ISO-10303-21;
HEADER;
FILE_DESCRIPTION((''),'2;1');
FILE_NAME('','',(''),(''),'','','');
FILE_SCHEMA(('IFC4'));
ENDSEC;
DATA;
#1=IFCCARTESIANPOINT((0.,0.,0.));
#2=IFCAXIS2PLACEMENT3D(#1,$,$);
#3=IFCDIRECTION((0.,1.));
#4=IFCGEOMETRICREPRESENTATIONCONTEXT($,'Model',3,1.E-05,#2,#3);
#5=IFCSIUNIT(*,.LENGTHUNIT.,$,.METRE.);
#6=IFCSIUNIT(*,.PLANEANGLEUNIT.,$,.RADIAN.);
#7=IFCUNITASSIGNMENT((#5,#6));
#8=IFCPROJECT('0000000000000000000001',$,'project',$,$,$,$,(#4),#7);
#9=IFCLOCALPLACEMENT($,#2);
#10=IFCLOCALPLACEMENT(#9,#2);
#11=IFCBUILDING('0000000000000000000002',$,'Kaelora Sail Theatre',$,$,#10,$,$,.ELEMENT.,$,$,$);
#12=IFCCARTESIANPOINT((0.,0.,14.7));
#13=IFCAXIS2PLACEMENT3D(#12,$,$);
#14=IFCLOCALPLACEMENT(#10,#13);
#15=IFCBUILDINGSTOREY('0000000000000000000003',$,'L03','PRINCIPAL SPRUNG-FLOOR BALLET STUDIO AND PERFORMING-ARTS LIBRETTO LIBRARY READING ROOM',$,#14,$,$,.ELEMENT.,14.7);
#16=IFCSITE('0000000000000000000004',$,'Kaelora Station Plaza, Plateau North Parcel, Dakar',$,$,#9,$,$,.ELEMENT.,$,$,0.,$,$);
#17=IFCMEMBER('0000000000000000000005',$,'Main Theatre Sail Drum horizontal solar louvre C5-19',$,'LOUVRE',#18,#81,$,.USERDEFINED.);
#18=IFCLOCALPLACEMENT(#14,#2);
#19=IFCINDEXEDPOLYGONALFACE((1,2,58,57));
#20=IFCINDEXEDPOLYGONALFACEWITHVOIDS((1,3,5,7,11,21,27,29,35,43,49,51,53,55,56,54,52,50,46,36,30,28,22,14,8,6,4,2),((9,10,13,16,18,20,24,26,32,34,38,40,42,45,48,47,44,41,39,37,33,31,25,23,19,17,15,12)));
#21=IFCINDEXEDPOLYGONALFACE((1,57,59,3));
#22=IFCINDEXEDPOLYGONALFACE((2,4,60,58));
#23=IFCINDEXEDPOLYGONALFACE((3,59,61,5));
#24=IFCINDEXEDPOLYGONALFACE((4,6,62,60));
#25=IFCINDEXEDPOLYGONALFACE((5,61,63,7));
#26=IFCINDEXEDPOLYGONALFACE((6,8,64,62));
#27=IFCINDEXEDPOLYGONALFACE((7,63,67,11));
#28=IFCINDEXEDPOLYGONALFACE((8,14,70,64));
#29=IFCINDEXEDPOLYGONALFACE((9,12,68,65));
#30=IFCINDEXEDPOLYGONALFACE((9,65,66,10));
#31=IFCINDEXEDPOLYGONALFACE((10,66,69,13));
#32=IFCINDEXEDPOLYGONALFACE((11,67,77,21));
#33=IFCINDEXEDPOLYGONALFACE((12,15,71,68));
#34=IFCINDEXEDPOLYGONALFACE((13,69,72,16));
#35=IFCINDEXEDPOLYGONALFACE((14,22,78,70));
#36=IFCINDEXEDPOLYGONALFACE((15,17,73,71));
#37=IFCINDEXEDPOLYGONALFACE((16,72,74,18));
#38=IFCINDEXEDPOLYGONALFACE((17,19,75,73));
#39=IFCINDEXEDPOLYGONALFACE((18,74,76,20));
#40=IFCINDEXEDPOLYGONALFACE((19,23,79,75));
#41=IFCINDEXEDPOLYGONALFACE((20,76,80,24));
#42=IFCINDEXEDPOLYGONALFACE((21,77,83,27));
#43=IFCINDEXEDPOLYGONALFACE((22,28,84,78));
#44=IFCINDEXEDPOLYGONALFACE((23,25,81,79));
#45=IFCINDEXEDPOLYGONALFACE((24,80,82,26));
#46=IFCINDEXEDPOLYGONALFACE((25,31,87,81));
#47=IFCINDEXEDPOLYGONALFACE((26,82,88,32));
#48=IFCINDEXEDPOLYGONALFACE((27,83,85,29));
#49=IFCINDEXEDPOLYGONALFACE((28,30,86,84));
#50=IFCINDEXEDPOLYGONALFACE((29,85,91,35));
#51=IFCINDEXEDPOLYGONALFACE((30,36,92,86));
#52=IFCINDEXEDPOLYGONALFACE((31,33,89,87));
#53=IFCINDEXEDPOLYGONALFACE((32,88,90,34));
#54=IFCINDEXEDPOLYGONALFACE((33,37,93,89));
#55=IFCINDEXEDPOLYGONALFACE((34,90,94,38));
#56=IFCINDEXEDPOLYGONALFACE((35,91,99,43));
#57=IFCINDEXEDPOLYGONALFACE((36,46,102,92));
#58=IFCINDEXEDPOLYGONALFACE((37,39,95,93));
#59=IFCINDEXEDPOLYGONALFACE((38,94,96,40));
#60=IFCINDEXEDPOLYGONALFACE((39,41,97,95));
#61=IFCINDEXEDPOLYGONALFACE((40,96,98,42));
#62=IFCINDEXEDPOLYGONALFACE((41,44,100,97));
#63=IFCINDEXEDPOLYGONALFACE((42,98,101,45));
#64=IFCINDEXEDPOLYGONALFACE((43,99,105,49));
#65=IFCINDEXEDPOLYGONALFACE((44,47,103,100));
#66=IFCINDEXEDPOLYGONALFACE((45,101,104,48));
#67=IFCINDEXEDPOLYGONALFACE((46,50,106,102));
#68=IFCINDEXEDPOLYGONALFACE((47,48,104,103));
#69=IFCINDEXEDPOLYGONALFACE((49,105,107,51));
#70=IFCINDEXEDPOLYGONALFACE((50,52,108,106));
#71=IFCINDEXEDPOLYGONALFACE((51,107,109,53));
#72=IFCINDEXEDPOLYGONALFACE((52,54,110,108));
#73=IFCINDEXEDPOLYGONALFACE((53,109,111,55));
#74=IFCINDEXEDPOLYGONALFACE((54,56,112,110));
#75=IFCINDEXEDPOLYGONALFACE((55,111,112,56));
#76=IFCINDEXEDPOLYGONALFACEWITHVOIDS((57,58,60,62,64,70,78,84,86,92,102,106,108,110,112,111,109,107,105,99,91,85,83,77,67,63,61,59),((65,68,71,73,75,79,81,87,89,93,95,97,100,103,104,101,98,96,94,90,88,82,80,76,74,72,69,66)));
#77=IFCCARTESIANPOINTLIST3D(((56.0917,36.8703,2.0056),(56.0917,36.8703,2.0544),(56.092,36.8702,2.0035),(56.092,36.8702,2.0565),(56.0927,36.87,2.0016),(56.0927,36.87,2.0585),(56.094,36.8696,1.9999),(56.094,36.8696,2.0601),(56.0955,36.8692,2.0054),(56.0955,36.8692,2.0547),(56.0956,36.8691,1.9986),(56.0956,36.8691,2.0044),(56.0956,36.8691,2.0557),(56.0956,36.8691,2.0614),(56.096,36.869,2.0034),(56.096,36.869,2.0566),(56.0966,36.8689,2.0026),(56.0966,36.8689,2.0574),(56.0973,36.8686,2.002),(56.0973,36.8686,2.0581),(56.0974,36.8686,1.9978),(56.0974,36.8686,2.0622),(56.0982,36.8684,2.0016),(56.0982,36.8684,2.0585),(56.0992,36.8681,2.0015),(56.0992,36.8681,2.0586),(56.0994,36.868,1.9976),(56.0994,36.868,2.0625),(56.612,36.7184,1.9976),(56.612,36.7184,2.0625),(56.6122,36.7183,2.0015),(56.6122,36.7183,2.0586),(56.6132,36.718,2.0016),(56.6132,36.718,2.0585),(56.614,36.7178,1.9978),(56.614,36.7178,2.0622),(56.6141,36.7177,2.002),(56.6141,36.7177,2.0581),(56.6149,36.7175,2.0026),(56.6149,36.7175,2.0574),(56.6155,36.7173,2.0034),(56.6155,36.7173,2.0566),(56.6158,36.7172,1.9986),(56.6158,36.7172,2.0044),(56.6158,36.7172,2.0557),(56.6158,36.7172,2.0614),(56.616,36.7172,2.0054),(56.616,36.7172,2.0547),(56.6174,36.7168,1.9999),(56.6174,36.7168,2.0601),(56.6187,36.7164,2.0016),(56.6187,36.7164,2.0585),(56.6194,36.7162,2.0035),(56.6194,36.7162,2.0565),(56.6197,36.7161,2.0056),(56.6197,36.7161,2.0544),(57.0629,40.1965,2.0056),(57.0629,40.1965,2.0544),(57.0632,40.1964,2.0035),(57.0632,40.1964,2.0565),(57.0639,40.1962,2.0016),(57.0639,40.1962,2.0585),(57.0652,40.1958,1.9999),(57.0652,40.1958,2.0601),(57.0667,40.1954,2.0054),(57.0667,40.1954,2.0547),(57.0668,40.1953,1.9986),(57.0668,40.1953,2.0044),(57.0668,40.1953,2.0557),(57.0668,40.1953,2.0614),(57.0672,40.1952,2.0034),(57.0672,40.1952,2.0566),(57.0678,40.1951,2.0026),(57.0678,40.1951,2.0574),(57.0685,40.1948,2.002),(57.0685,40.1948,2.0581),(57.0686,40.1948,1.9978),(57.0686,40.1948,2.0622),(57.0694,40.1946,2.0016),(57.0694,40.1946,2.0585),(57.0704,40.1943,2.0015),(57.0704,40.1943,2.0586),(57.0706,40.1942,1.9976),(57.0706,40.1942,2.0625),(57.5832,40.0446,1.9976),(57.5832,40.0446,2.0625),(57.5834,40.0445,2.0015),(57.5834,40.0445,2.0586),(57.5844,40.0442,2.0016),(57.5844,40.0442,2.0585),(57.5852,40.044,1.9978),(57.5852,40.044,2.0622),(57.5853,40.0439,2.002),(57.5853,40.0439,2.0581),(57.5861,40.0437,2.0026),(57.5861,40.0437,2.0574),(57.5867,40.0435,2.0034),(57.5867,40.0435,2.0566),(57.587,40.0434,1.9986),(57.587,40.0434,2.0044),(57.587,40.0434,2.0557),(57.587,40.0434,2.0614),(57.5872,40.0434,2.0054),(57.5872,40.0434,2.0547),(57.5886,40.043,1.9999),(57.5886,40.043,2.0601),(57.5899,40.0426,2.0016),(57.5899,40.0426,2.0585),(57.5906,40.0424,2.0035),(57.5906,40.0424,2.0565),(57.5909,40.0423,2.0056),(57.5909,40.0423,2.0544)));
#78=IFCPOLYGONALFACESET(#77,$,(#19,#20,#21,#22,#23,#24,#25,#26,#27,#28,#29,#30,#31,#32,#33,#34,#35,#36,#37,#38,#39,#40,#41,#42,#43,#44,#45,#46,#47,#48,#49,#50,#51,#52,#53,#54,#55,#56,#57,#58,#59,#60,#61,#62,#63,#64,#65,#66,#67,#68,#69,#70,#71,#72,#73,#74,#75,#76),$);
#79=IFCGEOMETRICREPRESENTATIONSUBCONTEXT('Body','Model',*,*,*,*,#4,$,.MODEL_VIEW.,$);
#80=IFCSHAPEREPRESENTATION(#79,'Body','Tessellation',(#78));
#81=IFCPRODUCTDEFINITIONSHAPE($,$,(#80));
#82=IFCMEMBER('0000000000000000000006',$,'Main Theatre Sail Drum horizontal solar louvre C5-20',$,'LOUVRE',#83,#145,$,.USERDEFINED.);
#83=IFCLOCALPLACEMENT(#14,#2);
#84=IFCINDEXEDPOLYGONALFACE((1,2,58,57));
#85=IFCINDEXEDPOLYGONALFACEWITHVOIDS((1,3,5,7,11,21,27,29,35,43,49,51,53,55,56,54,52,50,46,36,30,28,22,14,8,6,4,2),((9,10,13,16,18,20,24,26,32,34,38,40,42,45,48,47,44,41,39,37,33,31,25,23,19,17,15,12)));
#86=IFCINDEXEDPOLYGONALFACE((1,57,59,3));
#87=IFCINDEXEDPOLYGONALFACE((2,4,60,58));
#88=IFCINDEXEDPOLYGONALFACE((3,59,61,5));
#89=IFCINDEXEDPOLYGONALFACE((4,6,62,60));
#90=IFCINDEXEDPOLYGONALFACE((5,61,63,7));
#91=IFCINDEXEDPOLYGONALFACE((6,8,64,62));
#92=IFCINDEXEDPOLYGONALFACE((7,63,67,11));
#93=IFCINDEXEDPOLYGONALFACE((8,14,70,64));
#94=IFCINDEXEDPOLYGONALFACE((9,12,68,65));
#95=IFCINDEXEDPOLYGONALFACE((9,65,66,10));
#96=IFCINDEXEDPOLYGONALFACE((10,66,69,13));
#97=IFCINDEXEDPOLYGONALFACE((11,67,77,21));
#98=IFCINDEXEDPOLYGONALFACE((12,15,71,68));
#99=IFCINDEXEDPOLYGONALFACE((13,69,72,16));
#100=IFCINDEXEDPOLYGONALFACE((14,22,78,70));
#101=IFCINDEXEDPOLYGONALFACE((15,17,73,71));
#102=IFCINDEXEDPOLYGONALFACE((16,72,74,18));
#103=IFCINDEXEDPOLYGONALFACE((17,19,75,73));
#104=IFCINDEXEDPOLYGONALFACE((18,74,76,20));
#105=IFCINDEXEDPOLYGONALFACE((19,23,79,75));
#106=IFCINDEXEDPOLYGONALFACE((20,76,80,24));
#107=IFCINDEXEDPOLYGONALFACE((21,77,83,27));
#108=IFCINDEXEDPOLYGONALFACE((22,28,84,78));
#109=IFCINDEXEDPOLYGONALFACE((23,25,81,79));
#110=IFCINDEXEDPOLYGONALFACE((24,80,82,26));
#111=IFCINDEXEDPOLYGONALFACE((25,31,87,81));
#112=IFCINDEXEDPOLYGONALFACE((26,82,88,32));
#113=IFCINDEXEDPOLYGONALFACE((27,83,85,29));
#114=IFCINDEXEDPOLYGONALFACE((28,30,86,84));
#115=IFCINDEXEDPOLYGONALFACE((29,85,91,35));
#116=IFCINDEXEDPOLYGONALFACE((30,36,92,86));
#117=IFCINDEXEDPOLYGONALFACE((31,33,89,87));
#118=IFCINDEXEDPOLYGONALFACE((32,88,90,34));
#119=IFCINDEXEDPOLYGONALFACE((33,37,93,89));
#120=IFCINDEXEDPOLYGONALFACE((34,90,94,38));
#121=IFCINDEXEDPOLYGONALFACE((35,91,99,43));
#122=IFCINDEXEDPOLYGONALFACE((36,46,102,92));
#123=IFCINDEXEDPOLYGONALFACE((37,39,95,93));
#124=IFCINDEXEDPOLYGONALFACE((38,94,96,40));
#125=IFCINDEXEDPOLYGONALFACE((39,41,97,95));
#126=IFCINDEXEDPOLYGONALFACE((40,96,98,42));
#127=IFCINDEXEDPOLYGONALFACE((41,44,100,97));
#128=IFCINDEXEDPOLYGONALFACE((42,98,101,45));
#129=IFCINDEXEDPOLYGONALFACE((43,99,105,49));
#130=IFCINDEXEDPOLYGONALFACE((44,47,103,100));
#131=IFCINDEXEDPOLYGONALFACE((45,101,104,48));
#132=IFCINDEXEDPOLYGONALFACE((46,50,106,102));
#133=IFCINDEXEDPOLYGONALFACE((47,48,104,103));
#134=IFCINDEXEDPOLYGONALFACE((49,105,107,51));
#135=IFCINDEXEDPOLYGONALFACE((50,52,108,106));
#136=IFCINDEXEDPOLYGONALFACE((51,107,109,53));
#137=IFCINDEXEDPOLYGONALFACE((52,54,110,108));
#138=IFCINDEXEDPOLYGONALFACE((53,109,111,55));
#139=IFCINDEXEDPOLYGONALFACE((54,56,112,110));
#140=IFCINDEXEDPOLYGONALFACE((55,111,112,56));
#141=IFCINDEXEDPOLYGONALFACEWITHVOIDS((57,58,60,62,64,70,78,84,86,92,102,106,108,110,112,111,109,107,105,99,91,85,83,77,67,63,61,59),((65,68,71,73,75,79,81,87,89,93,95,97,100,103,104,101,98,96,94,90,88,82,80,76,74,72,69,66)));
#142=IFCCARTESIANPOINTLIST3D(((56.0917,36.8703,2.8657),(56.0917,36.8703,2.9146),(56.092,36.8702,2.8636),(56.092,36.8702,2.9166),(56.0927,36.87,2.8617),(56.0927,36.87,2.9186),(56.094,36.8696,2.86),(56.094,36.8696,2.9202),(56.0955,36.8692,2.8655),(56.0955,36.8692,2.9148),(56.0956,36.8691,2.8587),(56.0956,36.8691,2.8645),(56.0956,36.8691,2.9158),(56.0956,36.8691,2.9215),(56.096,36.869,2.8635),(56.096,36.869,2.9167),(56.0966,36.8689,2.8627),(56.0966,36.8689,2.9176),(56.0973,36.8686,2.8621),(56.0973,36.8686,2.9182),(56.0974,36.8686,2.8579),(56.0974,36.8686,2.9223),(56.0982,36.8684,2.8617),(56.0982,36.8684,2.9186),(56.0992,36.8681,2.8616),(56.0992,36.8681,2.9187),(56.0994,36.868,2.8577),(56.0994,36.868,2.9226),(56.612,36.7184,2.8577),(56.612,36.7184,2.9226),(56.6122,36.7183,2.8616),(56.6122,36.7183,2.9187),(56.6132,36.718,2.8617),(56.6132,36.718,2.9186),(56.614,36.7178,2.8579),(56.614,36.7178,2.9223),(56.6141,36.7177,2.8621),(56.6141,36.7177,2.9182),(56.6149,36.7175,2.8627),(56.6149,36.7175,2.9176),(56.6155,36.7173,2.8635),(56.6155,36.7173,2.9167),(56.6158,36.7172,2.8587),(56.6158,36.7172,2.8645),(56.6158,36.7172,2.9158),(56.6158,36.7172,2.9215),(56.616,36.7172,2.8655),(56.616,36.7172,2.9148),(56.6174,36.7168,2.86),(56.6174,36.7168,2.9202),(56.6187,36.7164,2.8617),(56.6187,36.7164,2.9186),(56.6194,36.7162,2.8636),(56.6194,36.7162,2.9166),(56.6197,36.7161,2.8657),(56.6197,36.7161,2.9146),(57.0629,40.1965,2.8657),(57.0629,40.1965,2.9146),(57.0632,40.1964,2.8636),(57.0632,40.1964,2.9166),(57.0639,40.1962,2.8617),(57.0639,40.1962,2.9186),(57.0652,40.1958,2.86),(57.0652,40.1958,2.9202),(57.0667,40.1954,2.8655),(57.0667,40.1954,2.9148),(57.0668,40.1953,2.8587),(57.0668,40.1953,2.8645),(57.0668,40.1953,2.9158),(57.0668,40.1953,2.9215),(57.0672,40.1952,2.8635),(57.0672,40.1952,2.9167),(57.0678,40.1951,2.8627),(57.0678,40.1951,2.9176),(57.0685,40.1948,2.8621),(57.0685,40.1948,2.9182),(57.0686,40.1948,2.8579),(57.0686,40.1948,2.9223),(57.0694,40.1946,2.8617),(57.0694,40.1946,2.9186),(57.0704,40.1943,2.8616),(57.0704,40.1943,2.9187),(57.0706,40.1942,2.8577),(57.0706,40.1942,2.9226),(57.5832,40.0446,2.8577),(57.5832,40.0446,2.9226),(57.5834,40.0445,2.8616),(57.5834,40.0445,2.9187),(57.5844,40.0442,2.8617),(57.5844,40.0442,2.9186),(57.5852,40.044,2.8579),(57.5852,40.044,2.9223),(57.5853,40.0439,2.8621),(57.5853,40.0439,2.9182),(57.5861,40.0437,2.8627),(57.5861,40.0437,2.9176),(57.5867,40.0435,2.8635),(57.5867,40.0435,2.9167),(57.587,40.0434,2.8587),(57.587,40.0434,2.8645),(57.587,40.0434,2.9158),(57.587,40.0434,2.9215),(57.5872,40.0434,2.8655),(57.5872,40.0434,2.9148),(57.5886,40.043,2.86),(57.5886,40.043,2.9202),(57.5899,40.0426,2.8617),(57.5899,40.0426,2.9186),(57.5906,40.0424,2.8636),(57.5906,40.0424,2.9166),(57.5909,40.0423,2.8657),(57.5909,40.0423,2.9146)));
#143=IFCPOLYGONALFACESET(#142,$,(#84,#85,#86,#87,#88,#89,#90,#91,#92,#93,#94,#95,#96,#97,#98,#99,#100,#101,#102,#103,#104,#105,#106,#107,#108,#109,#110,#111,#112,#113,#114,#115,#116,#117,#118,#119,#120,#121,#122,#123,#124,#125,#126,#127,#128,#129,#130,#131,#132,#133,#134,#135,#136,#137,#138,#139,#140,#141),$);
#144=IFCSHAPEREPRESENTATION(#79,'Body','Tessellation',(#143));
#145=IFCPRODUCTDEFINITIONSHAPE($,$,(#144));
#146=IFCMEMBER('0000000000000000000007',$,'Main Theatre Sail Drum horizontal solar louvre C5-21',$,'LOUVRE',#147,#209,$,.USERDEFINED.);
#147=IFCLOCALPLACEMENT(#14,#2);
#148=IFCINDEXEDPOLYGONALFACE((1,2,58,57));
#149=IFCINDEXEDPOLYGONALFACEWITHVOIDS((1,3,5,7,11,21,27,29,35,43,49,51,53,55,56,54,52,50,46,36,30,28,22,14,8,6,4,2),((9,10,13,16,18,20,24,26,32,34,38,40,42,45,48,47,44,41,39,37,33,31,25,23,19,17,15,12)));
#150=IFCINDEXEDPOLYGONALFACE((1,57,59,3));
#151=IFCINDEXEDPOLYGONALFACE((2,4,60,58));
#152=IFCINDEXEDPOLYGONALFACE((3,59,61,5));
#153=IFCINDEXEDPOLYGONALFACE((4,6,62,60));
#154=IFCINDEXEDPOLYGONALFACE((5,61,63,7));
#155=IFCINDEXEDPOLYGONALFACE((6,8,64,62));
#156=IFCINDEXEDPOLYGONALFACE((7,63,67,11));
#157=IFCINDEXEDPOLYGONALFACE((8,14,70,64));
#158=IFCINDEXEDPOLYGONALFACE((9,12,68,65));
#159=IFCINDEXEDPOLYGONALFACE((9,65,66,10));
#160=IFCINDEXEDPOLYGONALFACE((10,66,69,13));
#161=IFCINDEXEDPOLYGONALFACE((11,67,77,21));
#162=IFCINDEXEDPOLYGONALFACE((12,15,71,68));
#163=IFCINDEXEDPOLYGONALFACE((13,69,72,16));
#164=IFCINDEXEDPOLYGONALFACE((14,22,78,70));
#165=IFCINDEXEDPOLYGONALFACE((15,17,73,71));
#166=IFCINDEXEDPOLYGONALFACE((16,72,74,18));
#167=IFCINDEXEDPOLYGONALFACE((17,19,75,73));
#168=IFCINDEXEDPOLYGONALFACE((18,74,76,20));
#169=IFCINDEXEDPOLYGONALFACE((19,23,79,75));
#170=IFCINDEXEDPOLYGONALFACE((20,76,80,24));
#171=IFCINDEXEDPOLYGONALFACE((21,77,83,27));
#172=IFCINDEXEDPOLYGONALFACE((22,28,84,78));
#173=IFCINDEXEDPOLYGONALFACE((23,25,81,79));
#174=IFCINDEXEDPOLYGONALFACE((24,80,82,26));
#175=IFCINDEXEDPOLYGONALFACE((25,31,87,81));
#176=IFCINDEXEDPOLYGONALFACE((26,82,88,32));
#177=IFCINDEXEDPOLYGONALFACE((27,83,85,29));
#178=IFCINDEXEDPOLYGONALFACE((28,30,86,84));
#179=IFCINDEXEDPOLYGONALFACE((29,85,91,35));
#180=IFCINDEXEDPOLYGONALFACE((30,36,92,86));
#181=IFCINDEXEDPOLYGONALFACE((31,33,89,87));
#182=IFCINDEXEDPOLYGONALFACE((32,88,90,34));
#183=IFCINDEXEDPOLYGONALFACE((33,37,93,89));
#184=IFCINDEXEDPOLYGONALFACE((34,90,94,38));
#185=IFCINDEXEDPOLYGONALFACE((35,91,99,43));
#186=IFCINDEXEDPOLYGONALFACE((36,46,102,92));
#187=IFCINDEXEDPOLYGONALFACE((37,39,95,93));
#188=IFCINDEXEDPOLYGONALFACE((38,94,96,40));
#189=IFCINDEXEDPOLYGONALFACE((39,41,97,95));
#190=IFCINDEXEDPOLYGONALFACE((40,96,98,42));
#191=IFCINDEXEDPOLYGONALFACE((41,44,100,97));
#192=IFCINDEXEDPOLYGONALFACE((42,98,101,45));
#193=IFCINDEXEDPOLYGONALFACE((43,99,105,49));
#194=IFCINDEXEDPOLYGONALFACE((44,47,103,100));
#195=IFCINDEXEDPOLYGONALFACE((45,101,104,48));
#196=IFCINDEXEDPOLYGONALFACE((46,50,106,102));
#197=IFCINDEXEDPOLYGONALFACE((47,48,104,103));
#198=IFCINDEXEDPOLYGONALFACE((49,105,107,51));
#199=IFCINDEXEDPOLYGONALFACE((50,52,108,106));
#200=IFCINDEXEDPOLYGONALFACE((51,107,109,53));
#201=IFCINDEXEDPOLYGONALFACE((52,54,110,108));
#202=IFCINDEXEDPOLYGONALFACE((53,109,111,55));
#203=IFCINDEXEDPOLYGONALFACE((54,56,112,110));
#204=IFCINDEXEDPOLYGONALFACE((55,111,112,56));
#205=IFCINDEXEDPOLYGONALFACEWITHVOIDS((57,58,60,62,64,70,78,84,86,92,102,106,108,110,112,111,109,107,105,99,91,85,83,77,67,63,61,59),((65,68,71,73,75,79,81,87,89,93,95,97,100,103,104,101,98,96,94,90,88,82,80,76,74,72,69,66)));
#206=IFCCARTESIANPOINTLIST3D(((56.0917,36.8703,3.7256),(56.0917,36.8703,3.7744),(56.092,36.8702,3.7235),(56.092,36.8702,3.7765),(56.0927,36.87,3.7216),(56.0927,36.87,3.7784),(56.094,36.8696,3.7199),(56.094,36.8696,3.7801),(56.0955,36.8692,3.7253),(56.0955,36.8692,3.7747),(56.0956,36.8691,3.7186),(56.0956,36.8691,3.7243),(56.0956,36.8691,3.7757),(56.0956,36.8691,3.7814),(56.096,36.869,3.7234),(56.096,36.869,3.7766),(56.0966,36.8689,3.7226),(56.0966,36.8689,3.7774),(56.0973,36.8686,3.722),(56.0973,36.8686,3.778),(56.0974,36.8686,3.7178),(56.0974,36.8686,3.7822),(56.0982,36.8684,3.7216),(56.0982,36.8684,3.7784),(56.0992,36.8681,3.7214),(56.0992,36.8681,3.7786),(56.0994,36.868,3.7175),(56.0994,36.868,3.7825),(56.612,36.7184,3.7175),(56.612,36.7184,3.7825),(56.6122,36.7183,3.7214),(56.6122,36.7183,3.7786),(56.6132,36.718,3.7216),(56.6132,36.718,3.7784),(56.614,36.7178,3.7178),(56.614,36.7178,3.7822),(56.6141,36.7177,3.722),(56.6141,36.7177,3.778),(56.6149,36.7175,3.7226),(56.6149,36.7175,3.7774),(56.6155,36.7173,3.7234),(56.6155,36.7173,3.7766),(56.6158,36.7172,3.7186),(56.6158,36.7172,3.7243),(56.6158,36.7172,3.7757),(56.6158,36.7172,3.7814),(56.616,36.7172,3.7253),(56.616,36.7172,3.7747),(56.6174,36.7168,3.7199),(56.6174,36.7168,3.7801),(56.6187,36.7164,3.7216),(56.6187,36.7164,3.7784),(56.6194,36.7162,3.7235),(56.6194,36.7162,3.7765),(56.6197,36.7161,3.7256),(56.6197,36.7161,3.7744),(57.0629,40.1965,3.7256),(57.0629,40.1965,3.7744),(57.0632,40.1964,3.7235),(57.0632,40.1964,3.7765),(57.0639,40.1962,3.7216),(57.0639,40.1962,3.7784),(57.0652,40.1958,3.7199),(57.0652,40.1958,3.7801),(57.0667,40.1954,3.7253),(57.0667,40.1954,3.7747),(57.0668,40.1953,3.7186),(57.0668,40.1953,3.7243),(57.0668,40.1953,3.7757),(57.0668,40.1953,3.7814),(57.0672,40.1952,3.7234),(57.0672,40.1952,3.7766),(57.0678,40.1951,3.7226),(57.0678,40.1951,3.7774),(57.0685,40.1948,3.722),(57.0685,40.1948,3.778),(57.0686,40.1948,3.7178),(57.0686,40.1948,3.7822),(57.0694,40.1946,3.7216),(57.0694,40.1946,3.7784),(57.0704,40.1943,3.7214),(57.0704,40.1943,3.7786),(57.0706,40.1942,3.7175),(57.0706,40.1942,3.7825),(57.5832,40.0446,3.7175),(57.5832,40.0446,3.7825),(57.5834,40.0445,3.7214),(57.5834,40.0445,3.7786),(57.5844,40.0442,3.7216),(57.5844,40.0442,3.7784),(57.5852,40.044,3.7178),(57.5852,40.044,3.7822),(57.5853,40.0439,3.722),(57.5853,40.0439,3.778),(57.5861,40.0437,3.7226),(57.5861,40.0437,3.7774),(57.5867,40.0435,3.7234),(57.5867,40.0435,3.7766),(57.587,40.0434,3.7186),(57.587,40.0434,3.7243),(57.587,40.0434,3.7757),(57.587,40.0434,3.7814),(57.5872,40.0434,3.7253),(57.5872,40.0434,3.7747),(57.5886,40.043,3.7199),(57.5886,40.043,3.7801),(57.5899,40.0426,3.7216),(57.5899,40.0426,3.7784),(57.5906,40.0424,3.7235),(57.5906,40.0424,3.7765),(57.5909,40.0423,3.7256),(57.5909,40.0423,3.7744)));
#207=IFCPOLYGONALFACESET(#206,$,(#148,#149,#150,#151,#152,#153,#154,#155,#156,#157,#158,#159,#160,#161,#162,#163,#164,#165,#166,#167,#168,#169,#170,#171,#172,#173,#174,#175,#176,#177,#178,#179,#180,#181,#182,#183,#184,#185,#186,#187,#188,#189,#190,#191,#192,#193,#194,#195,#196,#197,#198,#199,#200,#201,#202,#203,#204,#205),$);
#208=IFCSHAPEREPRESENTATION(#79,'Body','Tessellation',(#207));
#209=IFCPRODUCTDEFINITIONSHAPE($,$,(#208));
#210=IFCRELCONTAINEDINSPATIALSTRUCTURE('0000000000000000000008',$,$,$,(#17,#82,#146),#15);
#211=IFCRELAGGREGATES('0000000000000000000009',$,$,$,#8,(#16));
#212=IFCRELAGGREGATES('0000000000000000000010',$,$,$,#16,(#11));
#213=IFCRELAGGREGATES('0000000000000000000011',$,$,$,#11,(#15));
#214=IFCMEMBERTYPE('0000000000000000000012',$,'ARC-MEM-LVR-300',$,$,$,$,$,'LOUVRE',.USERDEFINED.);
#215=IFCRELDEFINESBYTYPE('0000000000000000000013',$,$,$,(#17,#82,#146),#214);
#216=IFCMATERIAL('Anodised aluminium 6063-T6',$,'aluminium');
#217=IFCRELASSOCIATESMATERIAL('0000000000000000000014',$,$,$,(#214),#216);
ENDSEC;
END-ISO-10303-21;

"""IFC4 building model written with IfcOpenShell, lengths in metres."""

from ifc_helpers import new_model, si_unit, direction, frame, origin, origin_2d, place, context, subcontext, project, spatial, hollow_rectangle, extrude, material, material_profile, profile_set, type_object, element, save


model = new_model("IFC4")

# Units and contexts
model_context = context("Model", 3, precision=1e-05, world=origin(), true_north=direction((0.0, 1.0)))
body_context = subcontext(model_context, "Body", "Model", "MODEL_VIEW")
ifc_project = project(units=[si_unit("LENGTHUNIT", "METRE"), si_unit("PLANEANGLEUNIT", "RADIAN")], contexts=[model_context])

# Site, building, storey
site_placement = place(None, origin())
site = spatial("IfcSite", under=ifc_project, at=site_placement, Name="Kaelora Station Plaza, Plateau North Parcel, Dakar", CompositionType="ELEMENT", RefElevation=0.0)
building_placement = place(site_placement, origin())
building = spatial("IfcBuilding", under=site, at=building_placement, Name="Kaelora Sail Theatre", CompositionType="ELEMENT")
storey_placement = place(building_placement, frame((0.0, 0.0, 14.7)))
storey = spatial("IfcBuildingStorey", under=building, at=storey_placement, Name="L03", Description="PRINCIPAL SPRUNG-FLOOR BALLET STUDIO AND PERFORMING-ARTS LIBRETTO LIBRARY READING ROOM", CompositionType="ELEMENT", Elevation=14.7)

# Members
ifc_material_1 = material(Name="Anodised aluminium 6063-T6", Category="aluminium")
ifc_material_profile_1 = material_profile(ifc_material_1, hollow_rectangle(XDim=0.55, YDim=0.0649, WallThickness=0.0039, InnerFilletRadius=0.0039, OuterFilletRadius=0.0081, at=origin_2d()), Name="LOUVRE 550x65x4")
ifc_profile_set_1 = profile_set([ifc_material_profile_1], Name="Anodised aluminium 6063-T6")
member_type = type_object("IfcMemberType", Name="ARC-MEM-LVR-300", ElementType="LOUVRE", PredefinedType="USERDEFINED", material=ifc_profile_set_1)
for number, where, z_axis, x_axis, name in (
    (1, (57.3269, 40.1194, 2.03), (-0.280281, -0.959918, 0.0), (0.959918, -0.280281, 0.0), "Main Theatre Sail Drum horizontal solar louvre C5-19"),
    (2, (57.3269, 40.1194, 2.8901), (-0.280281, -0.959918, 0.0), (0.959918, -0.280281, 0.0), "Main Theatre Sail Drum horizontal solar louvre C5-20"),
    (3, (57.3269, 40.1194, 3.75), (-0.280281, -0.959918, 0.0), (0.959918, -0.280281, 0.0), "Main Theatre Sail Drum horizontal solar louvre C5-21"),
):
    element("IfcMember", number, at=place(storey_placement, frame(where, z_axis=z_axis, x_axis=x_axis)), inside=storey, type_object=member_type, Name=name, ObjectType="LOUVRE", PredefinedType="USERDEFINED", context=body_context, shape_type="SweptSolid", body=[
        extrude(hollow_rectangle(XDim=0.55, YDim=0.0649, WallThickness=0.0039, InnerFilletRadius=0.0039, OuterFilletRadius=0.0081, at=origin_2d()), origin(), (0.0, 0.0, 1.0), 3.4651),
    ])

save(model, "model.ifc")
